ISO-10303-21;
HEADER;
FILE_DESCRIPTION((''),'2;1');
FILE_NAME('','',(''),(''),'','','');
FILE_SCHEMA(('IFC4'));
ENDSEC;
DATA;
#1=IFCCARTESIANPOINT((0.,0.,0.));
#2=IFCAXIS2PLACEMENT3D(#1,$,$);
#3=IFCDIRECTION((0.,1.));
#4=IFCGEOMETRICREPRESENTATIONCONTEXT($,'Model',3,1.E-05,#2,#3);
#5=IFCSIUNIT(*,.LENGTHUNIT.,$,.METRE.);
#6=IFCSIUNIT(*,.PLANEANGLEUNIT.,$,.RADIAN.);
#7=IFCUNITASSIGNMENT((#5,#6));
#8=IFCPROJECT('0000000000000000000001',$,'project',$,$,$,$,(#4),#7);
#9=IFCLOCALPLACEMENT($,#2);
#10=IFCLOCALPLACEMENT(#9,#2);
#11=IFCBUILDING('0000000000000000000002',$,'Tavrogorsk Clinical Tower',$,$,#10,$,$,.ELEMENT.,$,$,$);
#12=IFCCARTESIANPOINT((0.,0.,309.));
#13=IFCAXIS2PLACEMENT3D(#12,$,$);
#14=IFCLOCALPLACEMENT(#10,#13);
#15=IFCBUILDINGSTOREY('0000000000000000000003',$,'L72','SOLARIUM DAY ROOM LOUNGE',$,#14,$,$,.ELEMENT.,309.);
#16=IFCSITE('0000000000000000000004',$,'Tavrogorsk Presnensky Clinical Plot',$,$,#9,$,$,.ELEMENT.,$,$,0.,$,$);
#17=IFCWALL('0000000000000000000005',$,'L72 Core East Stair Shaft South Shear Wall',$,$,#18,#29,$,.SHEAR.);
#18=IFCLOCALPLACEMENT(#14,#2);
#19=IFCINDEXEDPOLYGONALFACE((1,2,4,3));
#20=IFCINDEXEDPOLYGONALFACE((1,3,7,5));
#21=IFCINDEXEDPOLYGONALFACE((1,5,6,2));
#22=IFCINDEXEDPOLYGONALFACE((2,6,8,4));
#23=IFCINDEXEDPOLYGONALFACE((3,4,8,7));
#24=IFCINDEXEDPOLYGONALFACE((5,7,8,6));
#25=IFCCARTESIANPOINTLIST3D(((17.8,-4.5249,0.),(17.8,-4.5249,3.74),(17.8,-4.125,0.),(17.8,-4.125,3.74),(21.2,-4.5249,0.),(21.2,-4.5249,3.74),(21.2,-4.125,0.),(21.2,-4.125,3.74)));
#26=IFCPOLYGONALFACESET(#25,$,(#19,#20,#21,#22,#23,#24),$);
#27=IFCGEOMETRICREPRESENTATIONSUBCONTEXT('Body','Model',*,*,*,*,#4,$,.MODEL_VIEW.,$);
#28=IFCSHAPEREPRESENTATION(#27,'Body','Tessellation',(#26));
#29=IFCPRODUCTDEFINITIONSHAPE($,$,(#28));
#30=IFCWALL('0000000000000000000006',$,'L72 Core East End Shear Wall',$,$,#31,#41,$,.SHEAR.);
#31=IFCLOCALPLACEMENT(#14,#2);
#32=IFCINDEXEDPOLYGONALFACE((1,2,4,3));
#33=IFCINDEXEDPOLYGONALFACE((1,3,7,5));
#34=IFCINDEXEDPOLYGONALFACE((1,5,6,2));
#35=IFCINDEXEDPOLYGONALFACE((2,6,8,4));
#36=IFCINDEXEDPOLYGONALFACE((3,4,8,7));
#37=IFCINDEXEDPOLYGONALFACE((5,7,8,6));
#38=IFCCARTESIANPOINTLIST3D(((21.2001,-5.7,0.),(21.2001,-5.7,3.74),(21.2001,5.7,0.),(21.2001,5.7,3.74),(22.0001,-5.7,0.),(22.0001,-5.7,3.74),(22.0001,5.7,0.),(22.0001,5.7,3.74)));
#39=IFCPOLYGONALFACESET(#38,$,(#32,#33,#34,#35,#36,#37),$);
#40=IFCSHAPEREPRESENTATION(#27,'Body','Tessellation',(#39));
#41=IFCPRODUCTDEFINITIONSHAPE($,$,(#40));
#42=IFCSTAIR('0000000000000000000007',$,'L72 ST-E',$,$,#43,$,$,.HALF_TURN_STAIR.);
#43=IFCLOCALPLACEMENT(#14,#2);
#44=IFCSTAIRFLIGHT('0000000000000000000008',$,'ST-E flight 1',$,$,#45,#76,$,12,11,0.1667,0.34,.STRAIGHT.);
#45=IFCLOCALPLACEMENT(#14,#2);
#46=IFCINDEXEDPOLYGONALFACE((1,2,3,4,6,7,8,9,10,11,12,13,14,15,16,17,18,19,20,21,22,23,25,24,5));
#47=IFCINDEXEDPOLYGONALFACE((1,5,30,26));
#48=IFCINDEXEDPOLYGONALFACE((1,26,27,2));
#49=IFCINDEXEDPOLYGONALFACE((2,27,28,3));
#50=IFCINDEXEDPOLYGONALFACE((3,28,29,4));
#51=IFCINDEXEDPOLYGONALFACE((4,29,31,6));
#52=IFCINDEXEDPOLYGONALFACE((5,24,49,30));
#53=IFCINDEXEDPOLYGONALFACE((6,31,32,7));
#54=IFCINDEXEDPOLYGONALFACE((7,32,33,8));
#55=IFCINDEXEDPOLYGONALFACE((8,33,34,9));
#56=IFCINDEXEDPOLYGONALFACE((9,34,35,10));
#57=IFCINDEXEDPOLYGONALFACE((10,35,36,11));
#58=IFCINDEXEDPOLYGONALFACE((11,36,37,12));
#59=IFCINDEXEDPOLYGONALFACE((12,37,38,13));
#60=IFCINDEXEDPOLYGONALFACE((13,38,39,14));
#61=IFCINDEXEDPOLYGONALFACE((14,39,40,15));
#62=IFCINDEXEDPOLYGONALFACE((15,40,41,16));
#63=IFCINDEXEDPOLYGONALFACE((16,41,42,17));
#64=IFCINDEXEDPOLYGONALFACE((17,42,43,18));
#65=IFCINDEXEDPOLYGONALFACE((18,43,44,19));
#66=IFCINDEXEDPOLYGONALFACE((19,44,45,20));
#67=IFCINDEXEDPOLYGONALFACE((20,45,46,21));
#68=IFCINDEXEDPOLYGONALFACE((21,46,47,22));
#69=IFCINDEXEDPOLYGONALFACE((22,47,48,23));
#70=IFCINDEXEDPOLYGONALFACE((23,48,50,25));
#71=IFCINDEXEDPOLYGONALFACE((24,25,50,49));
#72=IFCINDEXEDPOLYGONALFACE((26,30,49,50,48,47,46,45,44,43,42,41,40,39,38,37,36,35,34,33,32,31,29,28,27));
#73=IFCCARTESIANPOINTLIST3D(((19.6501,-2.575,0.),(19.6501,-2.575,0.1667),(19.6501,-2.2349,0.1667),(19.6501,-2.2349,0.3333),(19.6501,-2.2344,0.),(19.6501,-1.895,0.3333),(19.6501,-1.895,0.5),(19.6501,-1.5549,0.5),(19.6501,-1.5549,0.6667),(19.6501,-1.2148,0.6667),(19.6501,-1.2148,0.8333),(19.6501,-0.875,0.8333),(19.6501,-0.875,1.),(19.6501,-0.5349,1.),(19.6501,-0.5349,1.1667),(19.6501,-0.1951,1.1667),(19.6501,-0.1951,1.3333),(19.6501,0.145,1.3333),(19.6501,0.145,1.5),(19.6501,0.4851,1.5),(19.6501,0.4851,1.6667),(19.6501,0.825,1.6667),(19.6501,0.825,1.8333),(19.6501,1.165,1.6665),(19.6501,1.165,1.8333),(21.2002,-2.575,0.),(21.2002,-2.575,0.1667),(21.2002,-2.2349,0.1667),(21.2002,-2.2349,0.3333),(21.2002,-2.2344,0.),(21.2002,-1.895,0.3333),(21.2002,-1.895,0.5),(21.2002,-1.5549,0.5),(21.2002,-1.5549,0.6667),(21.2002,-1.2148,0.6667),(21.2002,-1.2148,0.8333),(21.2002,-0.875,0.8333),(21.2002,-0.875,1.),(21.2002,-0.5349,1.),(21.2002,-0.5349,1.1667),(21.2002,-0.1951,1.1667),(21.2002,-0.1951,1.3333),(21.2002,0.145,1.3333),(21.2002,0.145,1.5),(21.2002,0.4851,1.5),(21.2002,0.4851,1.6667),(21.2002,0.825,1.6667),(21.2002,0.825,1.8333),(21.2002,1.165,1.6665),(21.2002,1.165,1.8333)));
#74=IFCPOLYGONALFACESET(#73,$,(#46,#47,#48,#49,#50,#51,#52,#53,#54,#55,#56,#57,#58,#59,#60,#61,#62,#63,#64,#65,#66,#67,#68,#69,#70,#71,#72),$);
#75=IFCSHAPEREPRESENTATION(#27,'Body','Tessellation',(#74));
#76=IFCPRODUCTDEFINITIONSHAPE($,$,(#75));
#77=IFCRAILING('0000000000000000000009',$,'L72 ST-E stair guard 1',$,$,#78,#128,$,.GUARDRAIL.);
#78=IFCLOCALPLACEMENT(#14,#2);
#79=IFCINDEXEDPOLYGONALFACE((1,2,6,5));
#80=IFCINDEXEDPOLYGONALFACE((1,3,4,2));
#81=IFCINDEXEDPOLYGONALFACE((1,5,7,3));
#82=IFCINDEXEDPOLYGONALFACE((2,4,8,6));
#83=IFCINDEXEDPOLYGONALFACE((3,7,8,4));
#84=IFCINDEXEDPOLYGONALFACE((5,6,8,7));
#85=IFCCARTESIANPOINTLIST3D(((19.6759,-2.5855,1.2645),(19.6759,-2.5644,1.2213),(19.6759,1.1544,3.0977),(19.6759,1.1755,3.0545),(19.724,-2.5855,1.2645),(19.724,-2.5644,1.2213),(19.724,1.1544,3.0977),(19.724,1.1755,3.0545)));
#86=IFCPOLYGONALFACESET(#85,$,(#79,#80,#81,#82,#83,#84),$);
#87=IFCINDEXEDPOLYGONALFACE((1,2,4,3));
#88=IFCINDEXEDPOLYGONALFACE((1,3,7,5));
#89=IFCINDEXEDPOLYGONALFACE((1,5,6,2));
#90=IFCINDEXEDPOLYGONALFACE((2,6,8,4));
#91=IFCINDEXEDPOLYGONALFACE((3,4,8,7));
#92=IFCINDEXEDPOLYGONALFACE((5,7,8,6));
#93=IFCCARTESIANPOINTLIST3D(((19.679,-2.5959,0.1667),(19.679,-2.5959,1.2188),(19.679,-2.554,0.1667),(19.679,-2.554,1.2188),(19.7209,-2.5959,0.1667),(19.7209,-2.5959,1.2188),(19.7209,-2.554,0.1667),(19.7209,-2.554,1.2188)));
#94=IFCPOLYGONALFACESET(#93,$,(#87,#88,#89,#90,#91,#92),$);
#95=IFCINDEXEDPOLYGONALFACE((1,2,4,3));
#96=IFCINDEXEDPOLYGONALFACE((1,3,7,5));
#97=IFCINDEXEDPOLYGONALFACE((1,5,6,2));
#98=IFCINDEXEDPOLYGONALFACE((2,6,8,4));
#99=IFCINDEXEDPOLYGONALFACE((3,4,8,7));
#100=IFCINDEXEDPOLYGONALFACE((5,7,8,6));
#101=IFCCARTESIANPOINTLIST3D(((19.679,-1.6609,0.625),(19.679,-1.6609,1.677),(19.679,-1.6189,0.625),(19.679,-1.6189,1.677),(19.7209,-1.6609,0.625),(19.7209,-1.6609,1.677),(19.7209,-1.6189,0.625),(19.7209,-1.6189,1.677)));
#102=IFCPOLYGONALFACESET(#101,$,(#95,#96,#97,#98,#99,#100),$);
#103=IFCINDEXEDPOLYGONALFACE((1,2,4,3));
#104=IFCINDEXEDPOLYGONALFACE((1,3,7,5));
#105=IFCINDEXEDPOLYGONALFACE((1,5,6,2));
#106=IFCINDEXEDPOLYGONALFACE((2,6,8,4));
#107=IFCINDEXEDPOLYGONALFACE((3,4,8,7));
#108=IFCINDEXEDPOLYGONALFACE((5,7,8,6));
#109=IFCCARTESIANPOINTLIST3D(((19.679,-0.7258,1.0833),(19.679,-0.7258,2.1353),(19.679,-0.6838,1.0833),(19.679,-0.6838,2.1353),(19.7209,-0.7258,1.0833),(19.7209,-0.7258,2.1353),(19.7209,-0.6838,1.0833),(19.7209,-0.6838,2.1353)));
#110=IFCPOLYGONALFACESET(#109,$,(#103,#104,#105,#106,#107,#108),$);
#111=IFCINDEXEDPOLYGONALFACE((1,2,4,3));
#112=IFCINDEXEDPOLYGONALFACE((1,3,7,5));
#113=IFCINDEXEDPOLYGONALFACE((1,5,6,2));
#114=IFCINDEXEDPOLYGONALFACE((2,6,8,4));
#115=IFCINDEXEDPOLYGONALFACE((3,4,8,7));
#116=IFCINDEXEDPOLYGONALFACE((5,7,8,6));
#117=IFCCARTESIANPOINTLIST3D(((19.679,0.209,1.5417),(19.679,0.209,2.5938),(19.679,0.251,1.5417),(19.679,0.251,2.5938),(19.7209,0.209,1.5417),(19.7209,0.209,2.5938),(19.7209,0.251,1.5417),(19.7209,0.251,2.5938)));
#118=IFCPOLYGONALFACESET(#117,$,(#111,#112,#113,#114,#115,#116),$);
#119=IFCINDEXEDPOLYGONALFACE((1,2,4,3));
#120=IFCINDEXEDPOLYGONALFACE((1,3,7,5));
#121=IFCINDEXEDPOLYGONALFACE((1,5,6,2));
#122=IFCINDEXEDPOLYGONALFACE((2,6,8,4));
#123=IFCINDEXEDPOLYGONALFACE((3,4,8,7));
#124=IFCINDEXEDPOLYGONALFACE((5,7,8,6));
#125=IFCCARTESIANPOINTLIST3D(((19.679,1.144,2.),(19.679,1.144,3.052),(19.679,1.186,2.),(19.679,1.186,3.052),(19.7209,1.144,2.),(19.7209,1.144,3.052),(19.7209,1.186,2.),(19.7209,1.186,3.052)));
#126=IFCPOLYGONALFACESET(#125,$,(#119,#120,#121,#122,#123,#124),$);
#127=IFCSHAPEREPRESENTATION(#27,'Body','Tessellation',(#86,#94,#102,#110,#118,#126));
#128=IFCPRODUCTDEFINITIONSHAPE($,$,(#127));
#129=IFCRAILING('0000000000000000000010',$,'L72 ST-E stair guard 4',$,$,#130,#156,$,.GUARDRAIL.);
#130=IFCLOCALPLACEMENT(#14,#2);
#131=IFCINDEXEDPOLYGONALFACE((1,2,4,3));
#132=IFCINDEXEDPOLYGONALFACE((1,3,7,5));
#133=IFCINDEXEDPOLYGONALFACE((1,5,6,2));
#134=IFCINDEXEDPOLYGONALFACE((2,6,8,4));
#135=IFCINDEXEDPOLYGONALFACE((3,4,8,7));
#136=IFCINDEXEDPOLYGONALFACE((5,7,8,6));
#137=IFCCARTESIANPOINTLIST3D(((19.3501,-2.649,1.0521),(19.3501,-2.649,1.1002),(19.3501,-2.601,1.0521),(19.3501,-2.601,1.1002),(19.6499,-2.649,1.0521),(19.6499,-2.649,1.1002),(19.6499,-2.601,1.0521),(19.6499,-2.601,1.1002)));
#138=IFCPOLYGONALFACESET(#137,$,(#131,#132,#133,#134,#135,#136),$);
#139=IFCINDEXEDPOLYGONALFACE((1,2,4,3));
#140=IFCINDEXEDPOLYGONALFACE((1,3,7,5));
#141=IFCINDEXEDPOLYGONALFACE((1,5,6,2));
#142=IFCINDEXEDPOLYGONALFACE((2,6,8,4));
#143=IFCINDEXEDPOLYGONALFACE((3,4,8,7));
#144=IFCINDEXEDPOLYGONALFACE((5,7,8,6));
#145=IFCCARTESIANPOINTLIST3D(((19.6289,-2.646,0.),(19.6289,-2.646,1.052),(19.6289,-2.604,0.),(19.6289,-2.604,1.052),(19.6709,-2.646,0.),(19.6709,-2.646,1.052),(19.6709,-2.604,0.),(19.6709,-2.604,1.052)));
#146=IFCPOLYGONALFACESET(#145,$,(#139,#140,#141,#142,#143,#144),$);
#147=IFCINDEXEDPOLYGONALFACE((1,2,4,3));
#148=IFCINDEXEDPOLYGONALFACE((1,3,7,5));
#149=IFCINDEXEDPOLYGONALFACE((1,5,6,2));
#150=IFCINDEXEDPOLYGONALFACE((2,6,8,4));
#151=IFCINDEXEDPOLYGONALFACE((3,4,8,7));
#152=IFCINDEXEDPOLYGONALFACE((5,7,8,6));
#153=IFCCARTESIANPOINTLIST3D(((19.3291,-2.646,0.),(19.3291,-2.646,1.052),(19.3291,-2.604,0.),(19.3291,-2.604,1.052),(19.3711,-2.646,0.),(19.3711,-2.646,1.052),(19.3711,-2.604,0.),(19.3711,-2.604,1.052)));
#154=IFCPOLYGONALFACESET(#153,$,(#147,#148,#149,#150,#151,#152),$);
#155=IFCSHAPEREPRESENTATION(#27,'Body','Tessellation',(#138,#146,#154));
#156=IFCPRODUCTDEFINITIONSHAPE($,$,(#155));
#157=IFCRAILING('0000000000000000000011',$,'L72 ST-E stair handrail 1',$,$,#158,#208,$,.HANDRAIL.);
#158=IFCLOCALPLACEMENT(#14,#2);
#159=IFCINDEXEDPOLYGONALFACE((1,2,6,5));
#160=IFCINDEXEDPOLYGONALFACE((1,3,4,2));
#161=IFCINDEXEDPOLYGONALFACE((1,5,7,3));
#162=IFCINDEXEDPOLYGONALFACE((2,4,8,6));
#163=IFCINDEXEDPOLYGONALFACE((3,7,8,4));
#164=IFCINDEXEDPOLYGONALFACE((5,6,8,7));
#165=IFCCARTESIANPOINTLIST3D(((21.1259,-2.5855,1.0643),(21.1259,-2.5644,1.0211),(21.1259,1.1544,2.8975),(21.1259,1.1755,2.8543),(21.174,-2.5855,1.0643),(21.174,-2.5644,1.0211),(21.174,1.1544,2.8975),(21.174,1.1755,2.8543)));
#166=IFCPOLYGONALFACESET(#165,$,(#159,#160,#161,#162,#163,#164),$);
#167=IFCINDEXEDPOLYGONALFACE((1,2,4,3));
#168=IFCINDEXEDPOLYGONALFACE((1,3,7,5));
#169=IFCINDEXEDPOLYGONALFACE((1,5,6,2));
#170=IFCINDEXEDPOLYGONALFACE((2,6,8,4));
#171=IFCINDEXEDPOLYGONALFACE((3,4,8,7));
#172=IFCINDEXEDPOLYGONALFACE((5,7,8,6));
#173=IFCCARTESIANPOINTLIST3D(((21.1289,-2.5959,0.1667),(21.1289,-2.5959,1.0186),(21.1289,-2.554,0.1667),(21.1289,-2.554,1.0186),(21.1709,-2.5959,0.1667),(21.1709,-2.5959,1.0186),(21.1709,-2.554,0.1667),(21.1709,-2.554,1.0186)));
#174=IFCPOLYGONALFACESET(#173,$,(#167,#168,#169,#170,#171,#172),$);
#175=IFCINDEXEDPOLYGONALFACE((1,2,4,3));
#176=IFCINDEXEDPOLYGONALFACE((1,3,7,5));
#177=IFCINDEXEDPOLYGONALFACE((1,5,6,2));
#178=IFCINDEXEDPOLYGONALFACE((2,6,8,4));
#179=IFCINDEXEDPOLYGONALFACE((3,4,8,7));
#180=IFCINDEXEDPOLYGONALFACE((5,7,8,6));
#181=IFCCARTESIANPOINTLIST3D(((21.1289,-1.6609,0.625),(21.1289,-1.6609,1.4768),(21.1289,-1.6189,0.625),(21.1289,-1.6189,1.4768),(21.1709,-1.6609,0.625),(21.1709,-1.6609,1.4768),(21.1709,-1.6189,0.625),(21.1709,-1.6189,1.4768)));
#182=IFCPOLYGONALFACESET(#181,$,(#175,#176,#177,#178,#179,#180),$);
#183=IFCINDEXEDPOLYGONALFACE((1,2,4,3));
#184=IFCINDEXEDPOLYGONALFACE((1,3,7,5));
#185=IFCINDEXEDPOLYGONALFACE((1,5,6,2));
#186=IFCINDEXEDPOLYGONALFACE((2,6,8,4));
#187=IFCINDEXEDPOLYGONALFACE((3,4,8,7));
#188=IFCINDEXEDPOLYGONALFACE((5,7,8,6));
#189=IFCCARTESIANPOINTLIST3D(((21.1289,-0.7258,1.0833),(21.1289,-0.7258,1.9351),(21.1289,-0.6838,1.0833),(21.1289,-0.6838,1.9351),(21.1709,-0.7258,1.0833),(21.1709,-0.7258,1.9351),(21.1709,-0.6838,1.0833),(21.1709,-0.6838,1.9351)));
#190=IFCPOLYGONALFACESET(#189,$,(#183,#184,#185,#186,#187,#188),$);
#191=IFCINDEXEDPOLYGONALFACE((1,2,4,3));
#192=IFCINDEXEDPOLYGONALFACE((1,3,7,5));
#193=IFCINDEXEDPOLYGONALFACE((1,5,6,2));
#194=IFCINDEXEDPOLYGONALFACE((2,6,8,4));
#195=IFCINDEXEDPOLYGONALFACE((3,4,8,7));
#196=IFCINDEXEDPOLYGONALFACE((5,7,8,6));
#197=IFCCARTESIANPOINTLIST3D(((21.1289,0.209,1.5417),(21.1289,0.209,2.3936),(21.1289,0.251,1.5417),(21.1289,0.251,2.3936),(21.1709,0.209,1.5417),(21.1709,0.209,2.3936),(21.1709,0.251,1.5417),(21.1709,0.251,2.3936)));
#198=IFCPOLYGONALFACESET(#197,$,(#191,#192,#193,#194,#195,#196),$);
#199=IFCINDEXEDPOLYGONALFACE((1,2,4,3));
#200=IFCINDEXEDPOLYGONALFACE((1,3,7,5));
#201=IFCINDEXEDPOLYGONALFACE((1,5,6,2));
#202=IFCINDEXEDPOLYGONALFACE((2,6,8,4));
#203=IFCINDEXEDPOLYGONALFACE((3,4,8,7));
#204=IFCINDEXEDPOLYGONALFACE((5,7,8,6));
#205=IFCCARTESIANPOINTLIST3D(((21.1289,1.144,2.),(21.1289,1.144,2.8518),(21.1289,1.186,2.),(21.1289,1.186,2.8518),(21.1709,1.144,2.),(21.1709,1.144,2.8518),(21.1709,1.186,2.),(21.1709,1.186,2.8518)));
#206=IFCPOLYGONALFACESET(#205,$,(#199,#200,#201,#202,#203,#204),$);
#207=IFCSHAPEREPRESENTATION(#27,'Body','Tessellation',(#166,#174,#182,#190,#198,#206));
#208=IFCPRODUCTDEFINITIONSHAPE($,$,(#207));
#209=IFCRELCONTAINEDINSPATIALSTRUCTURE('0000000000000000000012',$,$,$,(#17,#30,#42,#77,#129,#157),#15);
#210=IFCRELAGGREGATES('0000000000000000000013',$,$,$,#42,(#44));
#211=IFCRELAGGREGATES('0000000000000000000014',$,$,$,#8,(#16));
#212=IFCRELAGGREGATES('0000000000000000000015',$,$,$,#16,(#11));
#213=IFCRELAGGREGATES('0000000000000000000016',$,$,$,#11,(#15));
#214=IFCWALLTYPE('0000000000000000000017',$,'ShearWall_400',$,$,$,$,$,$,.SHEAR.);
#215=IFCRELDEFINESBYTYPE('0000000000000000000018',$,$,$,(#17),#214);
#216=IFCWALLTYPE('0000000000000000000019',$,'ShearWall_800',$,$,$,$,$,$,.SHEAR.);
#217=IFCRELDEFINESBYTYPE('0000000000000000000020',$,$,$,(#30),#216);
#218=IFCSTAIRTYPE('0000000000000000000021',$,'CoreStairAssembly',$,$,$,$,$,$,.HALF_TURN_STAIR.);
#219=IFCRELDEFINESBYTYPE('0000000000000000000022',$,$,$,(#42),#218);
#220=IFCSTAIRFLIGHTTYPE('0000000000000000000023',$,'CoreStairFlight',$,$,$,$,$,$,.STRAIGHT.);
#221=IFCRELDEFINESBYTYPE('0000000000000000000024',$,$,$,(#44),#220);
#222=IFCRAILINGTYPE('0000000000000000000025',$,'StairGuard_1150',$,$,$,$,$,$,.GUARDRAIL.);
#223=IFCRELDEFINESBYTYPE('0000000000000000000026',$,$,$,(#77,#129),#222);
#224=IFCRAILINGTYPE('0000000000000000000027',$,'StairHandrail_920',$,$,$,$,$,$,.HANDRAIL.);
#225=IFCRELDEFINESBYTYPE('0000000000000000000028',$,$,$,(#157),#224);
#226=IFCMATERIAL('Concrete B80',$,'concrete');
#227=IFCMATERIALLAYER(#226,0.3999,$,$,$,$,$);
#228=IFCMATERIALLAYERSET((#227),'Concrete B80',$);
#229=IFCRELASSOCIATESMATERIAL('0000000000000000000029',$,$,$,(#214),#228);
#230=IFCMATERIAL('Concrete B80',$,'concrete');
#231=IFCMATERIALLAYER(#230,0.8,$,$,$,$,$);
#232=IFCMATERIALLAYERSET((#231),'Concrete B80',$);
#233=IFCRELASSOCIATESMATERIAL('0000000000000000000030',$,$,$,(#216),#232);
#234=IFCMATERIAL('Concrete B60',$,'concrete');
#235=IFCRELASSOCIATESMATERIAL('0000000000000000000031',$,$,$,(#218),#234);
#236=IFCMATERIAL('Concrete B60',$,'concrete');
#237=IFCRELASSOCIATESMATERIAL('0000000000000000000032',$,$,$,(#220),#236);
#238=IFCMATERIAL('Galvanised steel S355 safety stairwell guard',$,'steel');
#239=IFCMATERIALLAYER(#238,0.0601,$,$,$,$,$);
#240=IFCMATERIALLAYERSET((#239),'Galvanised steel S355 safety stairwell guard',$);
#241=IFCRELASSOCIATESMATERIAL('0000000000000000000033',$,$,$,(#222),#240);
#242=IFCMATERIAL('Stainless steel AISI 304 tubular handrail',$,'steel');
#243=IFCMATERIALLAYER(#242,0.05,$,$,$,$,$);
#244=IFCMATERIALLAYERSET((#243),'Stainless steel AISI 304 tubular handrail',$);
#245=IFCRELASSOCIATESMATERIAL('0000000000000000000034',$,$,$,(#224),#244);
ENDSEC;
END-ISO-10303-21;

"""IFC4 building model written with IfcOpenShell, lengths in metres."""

from ifc_helpers import new_model, si_unit, direction, frame, frame_2d, origin, origin_2d, place, context, subcontext, project, spatial, polyline, rectangle, outline, extrude, material, layer, layer_set, type_object, element, aggregate, save


model = new_model("IFC4")

# Units and contexts
model_context = context("Model", 3, precision=1e-05, world=origin(), true_north=direction((0.0, 1.0)))
body_context = subcontext(model_context, "Body", "Model", "MODEL_VIEW")
ifc_project = project(units=[si_unit("LENGTHUNIT", "METRE"), si_unit("PLANEANGLEUNIT", "RADIAN")], contexts=[model_context])

# Site, building, storey
site_placement = place(None, origin())
site = spatial("IfcSite", under=ifc_project, at=site_placement, Name="Tavrogorsk Presnensky Clinical Plot", CompositionType="ELEMENT", RefElevation=0.0)
building_placement = place(site_placement, origin())
building = spatial("IfcBuilding", under=site, at=building_placement, Name="Tavrogorsk Clinical Tower", CompositionType="ELEMENT")
storey_placement = place(building_placement, frame((0.0, 0.0, 309.0)))
storey = spatial("IfcBuildingStorey", under=building, at=storey_placement, Name="L72", Description="SOLARIUM DAY ROOM LOUNGE", CompositionType="ELEMENT", Elevation=309.0)

# Shared definitions
ifc_material_1 = material(Name="Concrete B80", Category="concrete")
ifc_layer_1 = layer(ifc_material_1, 0.3999)
ifc_layer_set_1 = layer_set([ifc_layer_1], Name="Concrete B80")
wall_type_1 = type_object("IfcWallType", Name="ShearWall_400", PredefinedType="SHEAR", material=ifc_layer_set_1)

# Walls
wall_1_placement = place(storey_placement, frame((17.8, -4.325, 0.0), z_axis=(0.0, 0.0, 1.0), x_axis=(1.0, 0.0, 0.0)))
element("IfcWall", 1, at=wall_1_placement, inside=storey, type_object=wall_type_1, Name="L72 Core East Stair Shaft South Shear Wall", PredefinedType="SHEAR", context=body_context, shape_type="SweptSolid", body=[
    extrude(rectangle(XDim=3.3999, YDim=0.3999, at=frame_2d((1.7, 0.0))), origin(), (0.0, 0.0, 1.0), 3.74),
])
ifc_material_2 = material(Name="Concrete B80", Category="concrete")
ifc_layer_2 = layer(ifc_material_2, 0.8)
ifc_layer_set_2 = layer_set([ifc_layer_2], Name="Concrete B80")
wall_type_2 = type_object("IfcWallType", Name="ShearWall_800", PredefinedType="SHEAR", material=ifc_layer_set_2)
wall_2_placement = place(storey_placement, frame((21.6001, -5.7, 0.0), z_axis=(0.0, 0.0, 1.0), x_axis=(0.0, 1.0, 0.0)))
element("IfcWall", 2, at=wall_2_placement, inside=storey, type_object=wall_type_2, Name="L72 Core East End Shear Wall", PredefinedType="SHEAR", context=body_context, shape_type="SweptSolid", body=[
    extrude(rectangle(XDim=11.3999, YDim=0.8, at=frame_2d((5.7, 0.0))), origin(), (0.0, 0.0, 1.0), 3.74),
])

# Stair, stair flight
ifc_material_3 = material(Name="Concrete B60", Category="concrete")
stair_type = type_object("IfcStairType", Name="CoreStairAssembly", PredefinedType="HALF_TURN_STAIR", material=ifc_material_3)
stair_placement = place(storey_placement, origin())
stair = element("IfcStair", 3, at=stair_placement, inside=storey, type_object=stair_type, Name="L72 ST-E", PredefinedType="HALF_TURN_STAIR")
ifc_material_4 = material(Name="Concrete B60", Category="concrete")
stair_flight_type = type_object("IfcStairFlightType", Name="CoreStairFlight", PredefinedType="STRAIGHT", material=ifc_material_4)
stair_flight_placement = place(storey_placement, frame((20.425, -2.575, 0.0), z_axis=(0.0, 0.0, 1.0), x_axis=(0.0, 1.0, 0.0)))
stair_flight = element("IfcStairFlight", 4, at=stair_flight_placement, type_object=stair_flight_type, Name="ST-E flight 1", NumberOfRisers=12, NumberOfTreads=11, PredefinedType="STRAIGHT", RiserHeight=0.1667, TreadLength=0.34, context=body_context, shape_type="SweptSolid", body=[
    extrude(outline(polyline([(0.0, 0.0), (0.0, 0.1667), (0.3401, 0.1667), (0.3401, 0.3333), (0.6799, 0.3333), (0.6799, 0.5), (1.02, 0.5), (1.02, 0.6667), (1.3601, 0.6667), (1.3601, 0.8333), (1.7, 0.8333), (1.7, 1.0), (2.04, 1.0), (2.04, 1.1667), (2.3799, 1.1667), (2.3799, 1.3333), (2.72, 1.3333), (2.72, 1.5), (3.0601, 1.5), (3.0601, 1.6667), (3.3999, 1.6667), (3.3999, 1.8333), (3.74, 1.8333), (3.74, 2.0), (3.74, 1.6665), (0.3406, 0.0), (0.0, 0.0)])), frame((0.0, 0.7749, 0.0), z_axis=(0.0, -1.0, 0.0), x_axis=(1.0, 0.0, 0.0)), (0.0, 0.0, 1.0), 1.55),
])
aggregate(stair, [stair_flight])

# Railings
ifc_material_5 = material(Name="Galvanised steel S355 safety stairwell guard", Category="steel")
ifc_layer_3 = layer(ifc_material_5, 0.0601)
ifc_layer_set_3 = layer_set([ifc_layer_3], Name="Galvanised steel S355 safety stairwell guard")
railing_type_1 = type_object("IfcRailingType", Name="StairGuard_1150", PredefinedType="GUARDRAIL", material=ifc_layer_set_3)
railing_1_placement = place(storey_placement, frame((19.7, -2.575, 0.1667)))
element("IfcRailing", 5, at=railing_1_placement, inside=storey, type_object=railing_type_1, Name="L72 ST-E stair guard 1", PredefinedType="GUARDRAIL", context=body_context, shape_type="SweptSolid", body=[
    extrude(rectangle(XDim=0.0481, YDim=0.0481, at=origin_2d()), frame((0.0, 0.0, 1.0762), z_axis=(0.0, 0.897928, 0.440142), x_axis=(-1.0, 0.0, 0.0)), (0.0, 0.0, 1.0), 4.165),
    extrude(rectangle(XDim=0.042, YDim=0.042, at=origin_2d()), origin(), (0.0, 0.0, 1.0), 1.052),
    extrude(rectangle(XDim=0.042, YDim=0.042, at=origin_2d()), frame((0.0, 0.9351, 0.4583)), (0.0, 0.0, 1.0), 1.052),
    extrude(rectangle(XDim=0.042, YDim=0.042, at=origin_2d()), frame((0.0, 1.8701, 0.9165)), (0.0, 0.0, 1.0), 1.052),
    extrude(rectangle(XDim=0.042, YDim=0.042, at=origin_2d()), frame((0.0, 2.8049, 1.375)), (0.0, 0.0, 1.0), 1.052),
    extrude(rectangle(XDim=0.042, YDim=0.042, at=origin_2d()), frame((0.0, 3.74, 1.8333)), (0.0, 0.0, 1.0), 1.052),
])
railing_2_placement = place(storey_placement, frame((19.6499, -2.625, 0.0)))
element("IfcRailing", 6, at=railing_2_placement, inside=storey, type_object=railing_type_1, Name="L72 ST-E stair guard 4", PredefinedType="GUARDRAIL", context=body_context, shape_type="SweptSolid", body=[
    extrude(rectangle(XDim=0.0481, YDim=0.0481, at=origin_2d()), frame((0.0, 0.0, 1.0762), z_axis=(-1.0, 0.0, 0.0), x_axis=(0.0, -1.0, 0.0)), (0.0, 0.0, 1.0), 0.2998),
    extrude(rectangle(XDim=0.042, YDim=0.042, at=origin_2d()), origin(), (0.0, 0.0, 1.0), 1.052),
    extrude(rectangle(XDim=0.042, YDim=0.042, at=origin_2d()), frame((-0.2998, 0.0, 0.0)), (0.0, 0.0, 1.0), 1.052),
])
ifc_material_6 = material(Name="Stainless steel AISI 304 tubular handrail", Category="steel")
ifc_layer_4 = layer(ifc_material_6, 0.05)
ifc_layer_set_4 = layer_set([ifc_layer_4], Name="Stainless steel AISI 304 tubular handrail")
railing_type_2 = type_object("IfcRailingType", Name="StairHandrail_920", PredefinedType="HANDRAIL", material=ifc_layer_set_4)
railing_3_placement = place(storey_placement, frame((21.1499, -2.575, 0.1667)))
element("IfcRailing", 7, at=railing_3_placement, inside=storey, type_object=railing_type_2, Name="L72 ST-E stair handrail 1", PredefinedType="HANDRAIL", context=body_context, shape_type="SweptSolid", body=[
    extrude(rectangle(XDim=0.0481, YDim=0.0481, at=origin_2d()), frame((0.0, 0.0, 0.876), z_axis=(0.0, 0.897928, 0.440142), x_axis=(-1.0, 0.0, 0.0)), (0.0, 0.0, 1.0), 4.165),
    extrude(rectangle(XDim=0.042, YDim=0.042, at=origin_2d()), origin(), (0.0, 0.0, 1.0), 0.8518),
    extrude(rectangle(XDim=0.042, YDim=0.042, at=origin_2d()), frame((0.0, 0.9351, 0.4583)), (0.0, 0.0, 1.0), 0.8518),
    extrude(rectangle(XDim=0.042, YDim=0.042, at=origin_2d()), frame((0.0, 1.8701, 0.9165)), (0.0, 0.0, 1.0), 0.8518),
    extrude(rectangle(XDim=0.042, YDim=0.042, at=origin_2d()), frame((0.0, 2.8049, 1.375)), (0.0, 0.0, 1.0), 0.8518),
    extrude(rectangle(XDim=0.042, YDim=0.042, at=origin_2d()), frame((0.0, 3.74, 1.8333)), (0.0, 0.0, 1.0), 0.8518),
])

save(model, "model.ifc")
